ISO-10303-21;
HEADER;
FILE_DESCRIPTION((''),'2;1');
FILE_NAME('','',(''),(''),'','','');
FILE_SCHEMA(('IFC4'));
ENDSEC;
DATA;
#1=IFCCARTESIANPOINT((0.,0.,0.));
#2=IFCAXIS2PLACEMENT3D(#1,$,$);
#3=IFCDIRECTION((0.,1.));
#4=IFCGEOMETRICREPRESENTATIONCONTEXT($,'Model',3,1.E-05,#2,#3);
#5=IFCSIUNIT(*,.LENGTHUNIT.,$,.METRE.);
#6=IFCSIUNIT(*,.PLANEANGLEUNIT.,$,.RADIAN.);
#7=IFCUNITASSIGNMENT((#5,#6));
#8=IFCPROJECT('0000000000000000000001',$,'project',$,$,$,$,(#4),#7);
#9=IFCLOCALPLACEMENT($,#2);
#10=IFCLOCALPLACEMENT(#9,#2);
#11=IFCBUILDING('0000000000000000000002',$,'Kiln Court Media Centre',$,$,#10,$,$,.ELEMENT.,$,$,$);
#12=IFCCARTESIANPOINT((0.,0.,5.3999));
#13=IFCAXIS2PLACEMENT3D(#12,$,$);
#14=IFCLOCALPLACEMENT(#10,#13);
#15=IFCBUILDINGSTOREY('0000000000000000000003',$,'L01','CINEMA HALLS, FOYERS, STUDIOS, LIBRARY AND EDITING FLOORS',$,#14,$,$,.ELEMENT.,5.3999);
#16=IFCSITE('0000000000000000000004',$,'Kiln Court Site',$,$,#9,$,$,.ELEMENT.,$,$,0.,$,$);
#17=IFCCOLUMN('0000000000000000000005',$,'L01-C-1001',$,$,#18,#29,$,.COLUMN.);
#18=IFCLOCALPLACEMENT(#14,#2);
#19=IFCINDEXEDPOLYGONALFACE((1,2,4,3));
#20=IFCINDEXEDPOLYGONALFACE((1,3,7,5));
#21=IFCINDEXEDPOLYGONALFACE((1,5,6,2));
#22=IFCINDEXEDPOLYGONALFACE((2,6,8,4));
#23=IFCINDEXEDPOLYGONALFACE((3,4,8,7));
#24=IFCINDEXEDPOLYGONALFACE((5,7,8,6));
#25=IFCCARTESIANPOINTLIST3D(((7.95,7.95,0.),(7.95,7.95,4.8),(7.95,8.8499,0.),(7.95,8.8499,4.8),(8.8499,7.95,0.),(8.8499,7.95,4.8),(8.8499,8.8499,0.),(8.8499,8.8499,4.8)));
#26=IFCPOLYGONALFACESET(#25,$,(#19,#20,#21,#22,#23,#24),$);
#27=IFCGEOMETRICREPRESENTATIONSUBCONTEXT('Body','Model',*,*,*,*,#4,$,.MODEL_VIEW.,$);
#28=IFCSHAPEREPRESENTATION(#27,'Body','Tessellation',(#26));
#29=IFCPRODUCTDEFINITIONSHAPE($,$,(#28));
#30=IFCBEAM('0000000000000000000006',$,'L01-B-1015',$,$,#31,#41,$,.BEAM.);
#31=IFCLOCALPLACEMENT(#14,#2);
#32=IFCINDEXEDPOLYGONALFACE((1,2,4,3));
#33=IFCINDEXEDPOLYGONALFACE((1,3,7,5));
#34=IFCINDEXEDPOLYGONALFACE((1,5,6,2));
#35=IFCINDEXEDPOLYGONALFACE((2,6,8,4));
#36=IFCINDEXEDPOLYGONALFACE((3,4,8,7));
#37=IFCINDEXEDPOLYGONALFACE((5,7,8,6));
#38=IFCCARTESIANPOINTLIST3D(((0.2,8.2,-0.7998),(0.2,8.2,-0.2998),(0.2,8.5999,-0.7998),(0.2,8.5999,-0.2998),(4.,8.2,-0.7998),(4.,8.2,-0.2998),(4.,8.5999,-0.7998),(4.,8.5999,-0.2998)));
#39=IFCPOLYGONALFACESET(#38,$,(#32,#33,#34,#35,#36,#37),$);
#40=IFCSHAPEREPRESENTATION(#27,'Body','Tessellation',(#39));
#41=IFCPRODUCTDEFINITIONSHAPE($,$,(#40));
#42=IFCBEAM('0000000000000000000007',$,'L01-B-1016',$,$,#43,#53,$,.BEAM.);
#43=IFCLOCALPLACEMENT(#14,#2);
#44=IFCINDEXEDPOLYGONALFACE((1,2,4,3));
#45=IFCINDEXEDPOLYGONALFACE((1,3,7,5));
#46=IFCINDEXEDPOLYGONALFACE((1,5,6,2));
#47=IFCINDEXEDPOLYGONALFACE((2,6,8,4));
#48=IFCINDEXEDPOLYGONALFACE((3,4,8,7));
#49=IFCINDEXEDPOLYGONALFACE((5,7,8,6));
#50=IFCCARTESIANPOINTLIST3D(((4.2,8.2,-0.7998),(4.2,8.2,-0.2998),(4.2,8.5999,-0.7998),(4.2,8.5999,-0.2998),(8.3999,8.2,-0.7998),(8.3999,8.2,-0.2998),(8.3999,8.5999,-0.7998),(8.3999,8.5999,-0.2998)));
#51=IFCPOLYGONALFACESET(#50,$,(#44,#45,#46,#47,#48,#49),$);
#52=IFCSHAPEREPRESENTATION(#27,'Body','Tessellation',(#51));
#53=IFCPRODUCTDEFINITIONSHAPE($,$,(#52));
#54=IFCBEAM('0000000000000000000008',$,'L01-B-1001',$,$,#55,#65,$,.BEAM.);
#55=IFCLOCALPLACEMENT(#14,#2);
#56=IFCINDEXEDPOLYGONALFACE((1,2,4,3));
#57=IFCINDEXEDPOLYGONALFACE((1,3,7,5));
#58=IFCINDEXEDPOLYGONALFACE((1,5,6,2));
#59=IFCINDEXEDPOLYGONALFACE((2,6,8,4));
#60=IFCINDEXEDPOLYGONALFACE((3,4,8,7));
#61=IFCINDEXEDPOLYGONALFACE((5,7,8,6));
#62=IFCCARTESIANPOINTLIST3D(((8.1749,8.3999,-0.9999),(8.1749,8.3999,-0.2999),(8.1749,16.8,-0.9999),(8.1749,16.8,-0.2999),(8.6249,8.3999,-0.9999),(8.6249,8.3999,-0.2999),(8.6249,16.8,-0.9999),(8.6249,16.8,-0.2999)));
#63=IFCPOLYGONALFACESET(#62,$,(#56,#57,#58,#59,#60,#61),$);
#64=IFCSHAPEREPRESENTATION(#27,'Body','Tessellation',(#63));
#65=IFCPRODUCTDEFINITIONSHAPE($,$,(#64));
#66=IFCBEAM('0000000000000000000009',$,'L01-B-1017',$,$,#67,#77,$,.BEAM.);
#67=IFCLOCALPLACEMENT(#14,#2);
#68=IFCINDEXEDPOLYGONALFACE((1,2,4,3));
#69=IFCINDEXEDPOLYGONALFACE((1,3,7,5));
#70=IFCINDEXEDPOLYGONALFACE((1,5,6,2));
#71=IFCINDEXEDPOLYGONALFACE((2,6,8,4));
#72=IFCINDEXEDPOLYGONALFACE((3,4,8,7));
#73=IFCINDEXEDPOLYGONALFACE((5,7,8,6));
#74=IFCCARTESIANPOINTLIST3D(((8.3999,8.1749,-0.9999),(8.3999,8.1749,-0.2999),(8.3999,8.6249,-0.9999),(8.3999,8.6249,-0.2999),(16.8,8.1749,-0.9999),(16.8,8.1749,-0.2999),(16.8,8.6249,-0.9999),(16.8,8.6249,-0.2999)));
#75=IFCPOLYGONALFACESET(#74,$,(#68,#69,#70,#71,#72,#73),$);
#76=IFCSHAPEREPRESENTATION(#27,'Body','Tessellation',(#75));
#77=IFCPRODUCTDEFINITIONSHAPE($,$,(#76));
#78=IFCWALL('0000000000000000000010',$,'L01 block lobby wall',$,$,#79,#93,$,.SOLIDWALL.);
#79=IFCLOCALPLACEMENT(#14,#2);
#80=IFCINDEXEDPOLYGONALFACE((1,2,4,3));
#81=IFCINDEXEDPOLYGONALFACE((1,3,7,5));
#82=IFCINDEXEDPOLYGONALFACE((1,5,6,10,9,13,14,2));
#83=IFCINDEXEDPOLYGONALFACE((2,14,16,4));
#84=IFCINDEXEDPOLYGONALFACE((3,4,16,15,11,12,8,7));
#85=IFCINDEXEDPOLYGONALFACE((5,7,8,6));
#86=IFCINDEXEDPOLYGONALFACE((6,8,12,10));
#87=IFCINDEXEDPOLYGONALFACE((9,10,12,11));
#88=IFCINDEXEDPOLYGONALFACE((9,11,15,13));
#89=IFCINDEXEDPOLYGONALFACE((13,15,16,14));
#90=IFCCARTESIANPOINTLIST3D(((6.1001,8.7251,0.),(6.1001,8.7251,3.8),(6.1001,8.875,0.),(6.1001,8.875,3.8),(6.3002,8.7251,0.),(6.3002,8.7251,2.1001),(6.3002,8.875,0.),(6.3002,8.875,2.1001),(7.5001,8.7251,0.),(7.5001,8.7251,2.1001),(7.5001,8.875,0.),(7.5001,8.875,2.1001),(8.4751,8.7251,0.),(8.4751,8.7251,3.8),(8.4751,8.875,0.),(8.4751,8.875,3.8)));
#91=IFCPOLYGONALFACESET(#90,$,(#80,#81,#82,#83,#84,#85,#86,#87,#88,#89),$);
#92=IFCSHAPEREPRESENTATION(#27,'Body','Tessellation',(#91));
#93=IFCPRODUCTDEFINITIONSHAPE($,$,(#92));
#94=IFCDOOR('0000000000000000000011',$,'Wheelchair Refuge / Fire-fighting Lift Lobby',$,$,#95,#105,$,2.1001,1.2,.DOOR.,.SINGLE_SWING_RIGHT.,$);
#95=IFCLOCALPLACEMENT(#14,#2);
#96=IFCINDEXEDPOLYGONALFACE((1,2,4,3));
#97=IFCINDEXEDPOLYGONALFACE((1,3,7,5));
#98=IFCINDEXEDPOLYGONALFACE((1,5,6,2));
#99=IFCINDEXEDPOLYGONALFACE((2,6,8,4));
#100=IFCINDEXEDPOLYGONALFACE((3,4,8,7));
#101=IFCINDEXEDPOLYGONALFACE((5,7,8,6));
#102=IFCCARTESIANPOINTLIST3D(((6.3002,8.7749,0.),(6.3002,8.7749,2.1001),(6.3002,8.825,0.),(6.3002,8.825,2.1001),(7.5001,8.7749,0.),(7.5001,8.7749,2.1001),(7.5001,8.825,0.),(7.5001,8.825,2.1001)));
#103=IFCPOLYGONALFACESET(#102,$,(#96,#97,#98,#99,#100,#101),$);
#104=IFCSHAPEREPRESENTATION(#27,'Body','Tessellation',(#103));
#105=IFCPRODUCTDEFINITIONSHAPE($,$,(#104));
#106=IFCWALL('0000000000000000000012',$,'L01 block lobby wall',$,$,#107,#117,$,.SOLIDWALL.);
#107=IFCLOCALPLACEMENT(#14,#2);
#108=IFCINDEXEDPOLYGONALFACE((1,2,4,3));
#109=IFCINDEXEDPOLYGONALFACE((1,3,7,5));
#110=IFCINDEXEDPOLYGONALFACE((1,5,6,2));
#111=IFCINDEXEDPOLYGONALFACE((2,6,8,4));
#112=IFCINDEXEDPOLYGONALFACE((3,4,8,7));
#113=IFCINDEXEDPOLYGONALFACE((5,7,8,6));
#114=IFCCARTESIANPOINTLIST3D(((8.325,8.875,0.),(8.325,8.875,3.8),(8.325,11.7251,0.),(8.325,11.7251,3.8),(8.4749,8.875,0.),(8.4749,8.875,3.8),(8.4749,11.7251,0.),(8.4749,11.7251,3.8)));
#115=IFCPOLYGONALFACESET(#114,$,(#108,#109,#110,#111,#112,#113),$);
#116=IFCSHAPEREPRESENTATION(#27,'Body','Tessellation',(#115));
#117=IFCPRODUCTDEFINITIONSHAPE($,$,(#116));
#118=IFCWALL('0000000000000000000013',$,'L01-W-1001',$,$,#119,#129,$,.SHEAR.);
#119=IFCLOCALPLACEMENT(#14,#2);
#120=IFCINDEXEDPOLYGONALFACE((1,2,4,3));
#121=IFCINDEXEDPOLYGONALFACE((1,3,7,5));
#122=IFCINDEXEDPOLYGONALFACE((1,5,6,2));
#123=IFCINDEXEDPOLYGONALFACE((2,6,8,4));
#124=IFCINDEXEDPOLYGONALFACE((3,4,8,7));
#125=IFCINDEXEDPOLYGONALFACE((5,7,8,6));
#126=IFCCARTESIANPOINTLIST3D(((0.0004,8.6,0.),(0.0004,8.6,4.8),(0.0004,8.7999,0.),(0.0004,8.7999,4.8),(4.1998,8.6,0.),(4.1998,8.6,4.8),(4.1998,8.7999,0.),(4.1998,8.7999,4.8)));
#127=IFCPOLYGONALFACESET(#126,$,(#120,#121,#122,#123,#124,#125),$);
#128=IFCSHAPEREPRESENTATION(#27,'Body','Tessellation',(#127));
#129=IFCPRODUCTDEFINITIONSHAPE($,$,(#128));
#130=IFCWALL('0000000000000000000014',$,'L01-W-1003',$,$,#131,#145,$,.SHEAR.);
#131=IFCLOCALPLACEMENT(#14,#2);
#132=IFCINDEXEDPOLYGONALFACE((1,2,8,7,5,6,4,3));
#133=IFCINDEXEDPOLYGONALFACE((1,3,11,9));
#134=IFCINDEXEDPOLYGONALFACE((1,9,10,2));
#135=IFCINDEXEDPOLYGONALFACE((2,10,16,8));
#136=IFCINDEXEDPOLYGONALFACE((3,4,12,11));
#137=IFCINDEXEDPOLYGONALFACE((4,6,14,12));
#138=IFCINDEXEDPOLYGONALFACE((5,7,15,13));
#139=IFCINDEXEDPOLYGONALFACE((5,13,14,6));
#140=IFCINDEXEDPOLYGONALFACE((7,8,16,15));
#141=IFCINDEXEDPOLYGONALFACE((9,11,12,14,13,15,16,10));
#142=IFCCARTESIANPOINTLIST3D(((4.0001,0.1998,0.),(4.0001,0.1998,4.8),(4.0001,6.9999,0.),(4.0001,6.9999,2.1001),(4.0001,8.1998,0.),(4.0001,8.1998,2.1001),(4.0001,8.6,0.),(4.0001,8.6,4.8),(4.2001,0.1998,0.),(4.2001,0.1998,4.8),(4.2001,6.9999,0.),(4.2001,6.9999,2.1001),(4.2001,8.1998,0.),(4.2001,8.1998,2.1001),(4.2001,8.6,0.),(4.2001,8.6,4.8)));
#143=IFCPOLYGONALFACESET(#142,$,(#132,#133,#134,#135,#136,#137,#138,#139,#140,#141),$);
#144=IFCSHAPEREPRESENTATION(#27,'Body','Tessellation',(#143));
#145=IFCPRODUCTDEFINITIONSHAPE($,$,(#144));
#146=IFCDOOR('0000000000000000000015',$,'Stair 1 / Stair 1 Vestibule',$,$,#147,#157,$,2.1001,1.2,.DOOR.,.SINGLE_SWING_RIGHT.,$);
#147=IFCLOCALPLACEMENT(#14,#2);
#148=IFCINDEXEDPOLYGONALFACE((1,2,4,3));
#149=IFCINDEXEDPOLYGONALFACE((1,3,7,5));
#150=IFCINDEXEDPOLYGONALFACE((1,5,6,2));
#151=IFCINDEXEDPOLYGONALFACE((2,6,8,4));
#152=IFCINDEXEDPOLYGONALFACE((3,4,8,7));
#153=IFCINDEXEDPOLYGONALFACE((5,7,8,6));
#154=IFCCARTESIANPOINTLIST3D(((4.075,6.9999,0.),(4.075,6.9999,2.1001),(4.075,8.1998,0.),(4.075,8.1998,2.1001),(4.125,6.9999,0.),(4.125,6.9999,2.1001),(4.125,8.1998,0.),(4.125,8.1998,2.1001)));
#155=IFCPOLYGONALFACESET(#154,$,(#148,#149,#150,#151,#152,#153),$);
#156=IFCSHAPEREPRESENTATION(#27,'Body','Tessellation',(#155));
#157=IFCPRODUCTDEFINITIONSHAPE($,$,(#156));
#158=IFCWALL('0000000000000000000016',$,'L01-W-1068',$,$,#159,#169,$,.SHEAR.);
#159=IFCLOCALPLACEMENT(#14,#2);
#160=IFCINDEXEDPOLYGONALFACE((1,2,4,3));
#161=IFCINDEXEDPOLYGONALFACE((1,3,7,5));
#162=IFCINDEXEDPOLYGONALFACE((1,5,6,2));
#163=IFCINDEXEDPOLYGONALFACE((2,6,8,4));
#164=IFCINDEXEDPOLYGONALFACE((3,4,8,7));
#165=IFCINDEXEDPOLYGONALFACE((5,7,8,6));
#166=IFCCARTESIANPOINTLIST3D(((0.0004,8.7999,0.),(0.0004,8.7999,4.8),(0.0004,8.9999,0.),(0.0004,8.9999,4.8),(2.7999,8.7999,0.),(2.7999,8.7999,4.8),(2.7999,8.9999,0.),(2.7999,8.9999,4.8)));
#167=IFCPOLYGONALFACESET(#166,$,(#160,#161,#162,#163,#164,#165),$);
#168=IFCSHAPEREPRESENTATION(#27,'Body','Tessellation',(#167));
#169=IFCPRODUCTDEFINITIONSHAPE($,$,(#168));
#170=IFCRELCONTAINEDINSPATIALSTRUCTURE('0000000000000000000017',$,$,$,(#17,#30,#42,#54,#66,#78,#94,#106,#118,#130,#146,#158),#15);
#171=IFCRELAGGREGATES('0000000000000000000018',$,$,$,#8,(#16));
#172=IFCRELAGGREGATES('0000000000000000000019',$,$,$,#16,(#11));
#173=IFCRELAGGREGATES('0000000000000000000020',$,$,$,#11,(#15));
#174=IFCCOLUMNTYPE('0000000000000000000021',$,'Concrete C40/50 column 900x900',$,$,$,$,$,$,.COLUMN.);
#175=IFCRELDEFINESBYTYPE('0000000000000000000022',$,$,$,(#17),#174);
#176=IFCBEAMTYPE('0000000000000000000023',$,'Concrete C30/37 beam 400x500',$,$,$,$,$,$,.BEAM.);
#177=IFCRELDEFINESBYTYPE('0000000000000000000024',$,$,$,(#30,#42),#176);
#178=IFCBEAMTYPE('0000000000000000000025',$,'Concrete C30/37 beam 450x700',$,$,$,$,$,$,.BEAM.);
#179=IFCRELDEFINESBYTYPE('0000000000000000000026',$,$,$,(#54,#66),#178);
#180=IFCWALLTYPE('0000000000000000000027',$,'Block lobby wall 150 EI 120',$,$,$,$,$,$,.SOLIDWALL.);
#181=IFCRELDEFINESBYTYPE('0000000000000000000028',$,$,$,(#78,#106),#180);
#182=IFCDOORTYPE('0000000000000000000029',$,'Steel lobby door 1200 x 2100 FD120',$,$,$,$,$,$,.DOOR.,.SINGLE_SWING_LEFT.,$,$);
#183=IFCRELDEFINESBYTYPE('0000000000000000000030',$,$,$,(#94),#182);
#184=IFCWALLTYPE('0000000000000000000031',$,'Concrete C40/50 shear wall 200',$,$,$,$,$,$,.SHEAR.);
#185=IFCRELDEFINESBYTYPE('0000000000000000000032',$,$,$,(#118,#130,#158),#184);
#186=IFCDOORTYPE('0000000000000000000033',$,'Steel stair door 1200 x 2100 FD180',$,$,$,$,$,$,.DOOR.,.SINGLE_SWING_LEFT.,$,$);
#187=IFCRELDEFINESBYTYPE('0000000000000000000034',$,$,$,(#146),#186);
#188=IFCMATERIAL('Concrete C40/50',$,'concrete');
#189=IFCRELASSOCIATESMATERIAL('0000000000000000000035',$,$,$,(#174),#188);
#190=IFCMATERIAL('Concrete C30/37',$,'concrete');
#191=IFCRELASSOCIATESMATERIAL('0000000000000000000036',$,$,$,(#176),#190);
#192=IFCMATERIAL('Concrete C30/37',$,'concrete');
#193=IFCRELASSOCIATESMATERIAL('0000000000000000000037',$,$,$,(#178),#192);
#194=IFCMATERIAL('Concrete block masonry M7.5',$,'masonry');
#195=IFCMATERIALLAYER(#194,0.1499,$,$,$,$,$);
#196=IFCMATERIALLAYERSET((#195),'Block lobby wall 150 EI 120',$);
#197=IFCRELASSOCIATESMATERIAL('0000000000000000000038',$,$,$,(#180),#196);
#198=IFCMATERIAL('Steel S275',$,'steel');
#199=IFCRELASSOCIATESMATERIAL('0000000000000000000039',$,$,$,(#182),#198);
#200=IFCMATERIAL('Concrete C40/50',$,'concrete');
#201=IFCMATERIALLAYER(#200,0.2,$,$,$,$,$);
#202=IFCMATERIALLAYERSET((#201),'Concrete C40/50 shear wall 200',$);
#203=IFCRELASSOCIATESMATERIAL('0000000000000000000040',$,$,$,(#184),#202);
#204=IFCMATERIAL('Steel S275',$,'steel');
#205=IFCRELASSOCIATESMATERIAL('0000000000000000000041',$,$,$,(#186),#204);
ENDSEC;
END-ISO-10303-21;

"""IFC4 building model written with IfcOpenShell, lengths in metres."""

from ifc_helpers import new_model, si_unit, direction, frame, frame_2d, origin, origin_2d, place, context, subcontext, project, spatial, rectangle, extrude, material, layer, layer_set, material_profile, profile_set, type_object, element, fill, save


model = new_model("IFC4")

# Units and contexts
model_context = context("Model", 3, precision=1e-05, world=origin(), true_north=direction((0.0, 1.0)))
body_context = subcontext(model_context, "Body", "Model", "MODEL_VIEW")
ifc_project = project(units=[si_unit("LENGTHUNIT", "METRE"), si_unit("PLANEANGLEUNIT", "RADIAN")], contexts=[model_context])

# Site, building, storey
site_placement = place(None, origin())
site = spatial("IfcSite", under=ifc_project, at=site_placement, Name="Kiln Court Site", CompositionType="ELEMENT", RefElevation=0.0)
building_placement = place(site_placement, origin())
building = spatial("IfcBuilding", under=site, at=building_placement, Name="Kiln Court Media Centre", CompositionType="ELEMENT")
storey_placement = place(building_placement, frame((0.0, 0.0, 5.3999)))
storey = spatial("IfcBuildingStorey", under=building, at=storey_placement, Name="L01", Description="CINEMA HALLS, FOYERS, STUDIOS, LIBRARY AND EDITING FLOORS", CompositionType="ELEMENT", Elevation=5.3999)

# Column
ifc_material_1 = material(Name="Concrete C40/50", Category="concrete")
ifc_material_profile_1 = material_profile(ifc_material_1, rectangle(XDim=0.8999, YDim=0.8999, at=origin_2d()), Name="RC 900x900")
ifc_profile_set_1 = profile_set([ifc_material_profile_1], Name="Concrete C40/50")
column_type = type_object("IfcColumnType", Name="Concrete C40/50 column 900x900", PredefinedType="COLUMN", material=ifc_profile_set_1)
column_placement = place(storey_placement, frame((8.3999, 8.3999, 0.0), z_axis=(0.0, 0.0, 1.0), x_axis=(1.0, 0.0, 0.0)))
element("IfcColumn", 1, at=column_placement, inside=storey, type_object=column_type, Name="L01-C-1001", PredefinedType="COLUMN", context=body_context, shape_type="SweptSolid", body=[
    extrude(rectangle(XDim=0.8999, YDim=0.8999, at=origin_2d()), origin(), (0.0, 0.0, 1.0), 4.8),
])

# Beams
ifc_material_2 = material(Name="Concrete C30/37", Category="concrete")
ifc_material_profile_2 = material_profile(ifc_material_2, rectangle(XDim=0.3999, YDim=0.5, at=origin_2d()), Name="RC 400x500")
ifc_profile_set_2 = profile_set([ifc_material_profile_2], Name="Concrete C30/37")
beam_type_1 = type_object("IfcBeamType", Name="Concrete C30/37 beam 400x500", PredefinedType="BEAM", material=ifc_profile_set_2)
beam_1_placement = place(storey_placement, frame((0.2, 8.3999, -0.5498), z_axis=(1.0, 0.0, 0.0), x_axis=(0.0, 1.0, 0.0)))
element("IfcBeam", 2, at=beam_1_placement, inside=storey, type_object=beam_type_1, Name="L01-B-1015", PredefinedType="BEAM", context=body_context, shape_type="SweptSolid", body=[
    extrude(rectangle(XDim=0.3999, YDim=0.5, at=origin_2d()), origin(), (0.0, 0.0, 1.0), 3.8),
])
beam_2_placement = place(storey_placement, frame((4.2, 8.3999, -0.5498), z_axis=(1.0, 0.0, 0.0), x_axis=(0.0, 1.0, 0.0)))
element("IfcBeam", 3, at=beam_2_placement, inside=storey, type_object=beam_type_1, Name="L01-B-1016", PredefinedType="BEAM", context=body_context, shape_type="SweptSolid", body=[
    extrude(rectangle(XDim=0.3999, YDim=0.5, at=origin_2d()), origin(), (0.0, 0.0, 1.0), 4.2),
])
ifc_material_3 = material(Name="Concrete C30/37", Category="concrete")
ifc_material_profile_3 = material_profile(ifc_material_3, rectangle(XDim=0.45, YDim=0.7, at=origin_2d()), Name="RC 450x700")
ifc_profile_set_3 = profile_set([ifc_material_profile_3], Name="Concrete C30/37")
beam_type_2 = type_object("IfcBeamType", Name="Concrete C30/37 beam 450x700", PredefinedType="BEAM", material=ifc_profile_set_3)
for number, where, z_axis, x_axis, name in (
    (4, (8.3999, 8.3999, -0.6499), (0.0, 1.0, 0.0), (-1.0, 0.0, 0.0), "L01-B-1001"),
    (5, (8.3999, 8.3999, -0.6499), (1.0, 0.0, 0.0), (0.0, 1.0, 0.0), "L01-B-1017"),
):
    element("IfcBeam", number, at=place(storey_placement, frame(where, z_axis=z_axis, x_axis=x_axis)), inside=storey, type_object=beam_type_2, Name=name, PredefinedType="BEAM", context=body_context, shape_type="SweptSolid", body=[
        extrude(rectangle(XDim=0.45, YDim=0.7, at=origin_2d()), origin(), (0.0, 0.0, 1.0), 8.4001),
    ])

# Wall, opening, door
ifc_material_4 = material(Name="Concrete block masonry M7.5", Category="masonry")
ifc_layer_1 = layer(ifc_material_4, 0.1499)
ifc_layer_set_1 = layer_set([ifc_layer_1], Name="Block lobby wall 150 EI 120")
wall_type_1 = type_object("IfcWallType", Name="Block lobby wall 150 EI 120", PredefinedType="SOLIDWALL", material=ifc_layer_set_1)
wall_1_placement = place(storey_placement, frame((6.1001, 8.8, 0.0), z_axis=(0.0, 0.0, 1.0), x_axis=(1.0, 0.0, 0.0)))
wall_1 = element("IfcWall", 6, at=wall_1_placement, inside=storey, type_object=wall_type_1, Name="L01 block lobby wall", PredefinedType="SOLIDWALL", context=body_context, shape_type="SweptSolid", body=[
    extrude(rectangle(XDim=2.375, YDim=0.1499, at=frame_2d((1.1875, 0.0))), origin(), (0.0, 0.0, 1.0), 3.8),
])
opening_1_placement = place(wall_1_placement, frame((0.2, 0.0, 0.0)))
opening_1 = element("IfcOpeningElement", 7, at=opening_1_placement, cuts=wall_1, PredefinedType="OPENING", context=body_context, shape_type="SweptSolid", body=[
    extrude(rectangle(XDim=1.2, YDim=2.1001, at=frame_2d((0.6001, 1.05))), frame((0.0, 0.085, 0.0), z_axis=(0.0, -1.0, 0.0), x_axis=(1.0, 0.0, 0.0)), (0.0, 0.0, 1.0), 0.1699),
])
ifc_material_5 = material(Name="Steel S275", Category="steel")
door_type_1 = type_object("IfcDoorType", Name="Steel lobby door 1200 x 2100 FD120", OperationType="SINGLE_SWING_LEFT", PredefinedType="DOOR", material=ifc_material_5)
door_1_placement = place(opening_1_placement, origin())
door_1 = element("IfcDoor", 8, at=door_1_placement, inside=storey, type_object=door_type_1, Name="Wheelchair Refuge / Fire-fighting Lift Lobby", OperationType="SINGLE_SWING_RIGHT", OverallHeight=2.1001, OverallWidth=1.2, PredefinedType="DOOR", context=body_context, shape_type="SweptSolid", body=[
    extrude(rectangle(XDim=1.2, YDim=2.1001, at=frame_2d((0.6001, 1.05))), frame((0.0, 0.0249, 0.0), z_axis=(0.0, -1.0, 0.0), x_axis=(1.0, 0.0, 0.0)), (0.0, 0.0, 1.0), 0.05),
])
fill(opening_1, door_1)

# Walls
wall_2_placement = place(storey_placement, frame((8.3999, 8.875, 0.0), z_axis=(0.0, 0.0, 1.0), x_axis=(0.0, 1.0, 0.0)))
element("IfcWall", 9, at=wall_2_placement, inside=storey, type_object=wall_type_1, Name="L01 block lobby wall", PredefinedType="SOLIDWALL", context=body_context, shape_type="SweptSolid", body=[
    extrude(rectangle(XDim=2.8501, YDim=0.1499, at=frame_2d((1.425, 0.0))), origin(), (0.0, 0.0, 1.0), 3.8),
])
ifc_material_6 = material(Name="Concrete C40/50", Category="concrete")
ifc_layer_2 = layer(ifc_material_6, 0.2)
ifc_layer_set_2 = layer_set([ifc_layer_2], Name="Concrete C40/50 shear wall 200")
wall_type_2 = type_object("IfcWallType", Name="Concrete C40/50 shear wall 200", PredefinedType="SHEAR", material=ifc_layer_set_2)
wall_3_placement = place(storey_placement, frame((0.0005, 8.7, 0.0), z_axis=(0.0, 0.0, 1.0), x_axis=(1.0, 0.0, 0.0)))
element("IfcWall", 10, at=wall_3_placement, inside=storey, type_object=wall_type_2, Name="L01-W-1001", PredefinedType="SHEAR", context=body_context, shape_type="SweptSolid", body=[
    extrude(rectangle(XDim=4.1995, YDim=0.2, at=frame_2d((2.0996, 0.0))), origin(), (0.0, 0.0, 1.0), 4.8),
])

# Wall, opening, door
wall_4_placement = place(storey_placement, frame((4.1001, 8.6001, 0.0), z_axis=(0.0, 0.0, 1.0), x_axis=(0.0, -1.0, 0.0)))
wall_4 = element("IfcWall", 11, at=wall_4_placement, inside=storey, type_object=wall_type_2, Name="L01-W-1003", PredefinedType="SHEAR", context=body_context, shape_type="SweptSolid", body=[
    extrude(rectangle(XDim=8.4001, YDim=0.2, at=frame_2d((4.2002, 0.0))), origin(), (0.0, 0.0, 1.0), 4.8),
])
opening_2_placement = place(wall_4_placement, frame((0.4001, 0.0, 0.0)))
opening_2 = element("IfcOpeningElement", 12, at=opening_2_placement, cuts=wall_4, PredefinedType="OPENING", context=body_context, shape_type="SweptSolid", body=[
    extrude(rectangle(XDim=1.2, YDim=2.1001, at=frame_2d((0.6001, 1.05))), frame((0.0, 0.1099, 0.0), z_axis=(0.0, -1.0, 0.0), x_axis=(1.0, 0.0, 0.0)), (0.0, 0.0, 1.0), 0.22),
])
ifc_material_7 = material(Name="Steel S275", Category="steel")
door_type_2 = type_object("IfcDoorType", Name="Steel stair door 1200 x 2100 FD180", OperationType="SINGLE_SWING_LEFT", PredefinedType="DOOR", material=ifc_material_7)
door_2_placement = place(opening_2_placement, origin())
door_2 = element("IfcDoor", 13, at=door_2_placement, inside=storey, type_object=door_type_2, Name="Stair 1 / Stair 1 Vestibule", OperationType="SINGLE_SWING_RIGHT", OverallHeight=2.1001, OverallWidth=1.2, PredefinedType="DOOR", context=body_context, shape_type="SweptSolid", body=[
    extrude(rectangle(XDim=1.2, YDim=2.1001, at=frame_2d((0.6001, 1.05))), frame((0.0, 0.0249, 0.0), z_axis=(0.0, -1.0, 0.0), x_axis=(1.0, 0.0, 0.0)), (0.0, 0.0, 1.0), 0.05),
])
fill(opening_2, door_2)

# Wall
wall_5_placement = place(storey_placement, frame((2.8, 8.8999, 0.0), z_axis=(0.0, 0.0, 1.0), x_axis=(-1.0, 0.0, 0.0)))
element("IfcWall", 14, at=wall_5_placement, inside=storey, type_object=wall_type_2, Name="L01-W-1068", PredefinedType="SHEAR", context=body_context, shape_type="SweptSolid", body=[
    extrude(rectangle(XDim=2.7996, YDim=0.2, at=frame_2d((1.3999, 0.0))), origin(), (0.0, 0.0, 1.0), 4.8),
])

save(model, "model.ifc")
